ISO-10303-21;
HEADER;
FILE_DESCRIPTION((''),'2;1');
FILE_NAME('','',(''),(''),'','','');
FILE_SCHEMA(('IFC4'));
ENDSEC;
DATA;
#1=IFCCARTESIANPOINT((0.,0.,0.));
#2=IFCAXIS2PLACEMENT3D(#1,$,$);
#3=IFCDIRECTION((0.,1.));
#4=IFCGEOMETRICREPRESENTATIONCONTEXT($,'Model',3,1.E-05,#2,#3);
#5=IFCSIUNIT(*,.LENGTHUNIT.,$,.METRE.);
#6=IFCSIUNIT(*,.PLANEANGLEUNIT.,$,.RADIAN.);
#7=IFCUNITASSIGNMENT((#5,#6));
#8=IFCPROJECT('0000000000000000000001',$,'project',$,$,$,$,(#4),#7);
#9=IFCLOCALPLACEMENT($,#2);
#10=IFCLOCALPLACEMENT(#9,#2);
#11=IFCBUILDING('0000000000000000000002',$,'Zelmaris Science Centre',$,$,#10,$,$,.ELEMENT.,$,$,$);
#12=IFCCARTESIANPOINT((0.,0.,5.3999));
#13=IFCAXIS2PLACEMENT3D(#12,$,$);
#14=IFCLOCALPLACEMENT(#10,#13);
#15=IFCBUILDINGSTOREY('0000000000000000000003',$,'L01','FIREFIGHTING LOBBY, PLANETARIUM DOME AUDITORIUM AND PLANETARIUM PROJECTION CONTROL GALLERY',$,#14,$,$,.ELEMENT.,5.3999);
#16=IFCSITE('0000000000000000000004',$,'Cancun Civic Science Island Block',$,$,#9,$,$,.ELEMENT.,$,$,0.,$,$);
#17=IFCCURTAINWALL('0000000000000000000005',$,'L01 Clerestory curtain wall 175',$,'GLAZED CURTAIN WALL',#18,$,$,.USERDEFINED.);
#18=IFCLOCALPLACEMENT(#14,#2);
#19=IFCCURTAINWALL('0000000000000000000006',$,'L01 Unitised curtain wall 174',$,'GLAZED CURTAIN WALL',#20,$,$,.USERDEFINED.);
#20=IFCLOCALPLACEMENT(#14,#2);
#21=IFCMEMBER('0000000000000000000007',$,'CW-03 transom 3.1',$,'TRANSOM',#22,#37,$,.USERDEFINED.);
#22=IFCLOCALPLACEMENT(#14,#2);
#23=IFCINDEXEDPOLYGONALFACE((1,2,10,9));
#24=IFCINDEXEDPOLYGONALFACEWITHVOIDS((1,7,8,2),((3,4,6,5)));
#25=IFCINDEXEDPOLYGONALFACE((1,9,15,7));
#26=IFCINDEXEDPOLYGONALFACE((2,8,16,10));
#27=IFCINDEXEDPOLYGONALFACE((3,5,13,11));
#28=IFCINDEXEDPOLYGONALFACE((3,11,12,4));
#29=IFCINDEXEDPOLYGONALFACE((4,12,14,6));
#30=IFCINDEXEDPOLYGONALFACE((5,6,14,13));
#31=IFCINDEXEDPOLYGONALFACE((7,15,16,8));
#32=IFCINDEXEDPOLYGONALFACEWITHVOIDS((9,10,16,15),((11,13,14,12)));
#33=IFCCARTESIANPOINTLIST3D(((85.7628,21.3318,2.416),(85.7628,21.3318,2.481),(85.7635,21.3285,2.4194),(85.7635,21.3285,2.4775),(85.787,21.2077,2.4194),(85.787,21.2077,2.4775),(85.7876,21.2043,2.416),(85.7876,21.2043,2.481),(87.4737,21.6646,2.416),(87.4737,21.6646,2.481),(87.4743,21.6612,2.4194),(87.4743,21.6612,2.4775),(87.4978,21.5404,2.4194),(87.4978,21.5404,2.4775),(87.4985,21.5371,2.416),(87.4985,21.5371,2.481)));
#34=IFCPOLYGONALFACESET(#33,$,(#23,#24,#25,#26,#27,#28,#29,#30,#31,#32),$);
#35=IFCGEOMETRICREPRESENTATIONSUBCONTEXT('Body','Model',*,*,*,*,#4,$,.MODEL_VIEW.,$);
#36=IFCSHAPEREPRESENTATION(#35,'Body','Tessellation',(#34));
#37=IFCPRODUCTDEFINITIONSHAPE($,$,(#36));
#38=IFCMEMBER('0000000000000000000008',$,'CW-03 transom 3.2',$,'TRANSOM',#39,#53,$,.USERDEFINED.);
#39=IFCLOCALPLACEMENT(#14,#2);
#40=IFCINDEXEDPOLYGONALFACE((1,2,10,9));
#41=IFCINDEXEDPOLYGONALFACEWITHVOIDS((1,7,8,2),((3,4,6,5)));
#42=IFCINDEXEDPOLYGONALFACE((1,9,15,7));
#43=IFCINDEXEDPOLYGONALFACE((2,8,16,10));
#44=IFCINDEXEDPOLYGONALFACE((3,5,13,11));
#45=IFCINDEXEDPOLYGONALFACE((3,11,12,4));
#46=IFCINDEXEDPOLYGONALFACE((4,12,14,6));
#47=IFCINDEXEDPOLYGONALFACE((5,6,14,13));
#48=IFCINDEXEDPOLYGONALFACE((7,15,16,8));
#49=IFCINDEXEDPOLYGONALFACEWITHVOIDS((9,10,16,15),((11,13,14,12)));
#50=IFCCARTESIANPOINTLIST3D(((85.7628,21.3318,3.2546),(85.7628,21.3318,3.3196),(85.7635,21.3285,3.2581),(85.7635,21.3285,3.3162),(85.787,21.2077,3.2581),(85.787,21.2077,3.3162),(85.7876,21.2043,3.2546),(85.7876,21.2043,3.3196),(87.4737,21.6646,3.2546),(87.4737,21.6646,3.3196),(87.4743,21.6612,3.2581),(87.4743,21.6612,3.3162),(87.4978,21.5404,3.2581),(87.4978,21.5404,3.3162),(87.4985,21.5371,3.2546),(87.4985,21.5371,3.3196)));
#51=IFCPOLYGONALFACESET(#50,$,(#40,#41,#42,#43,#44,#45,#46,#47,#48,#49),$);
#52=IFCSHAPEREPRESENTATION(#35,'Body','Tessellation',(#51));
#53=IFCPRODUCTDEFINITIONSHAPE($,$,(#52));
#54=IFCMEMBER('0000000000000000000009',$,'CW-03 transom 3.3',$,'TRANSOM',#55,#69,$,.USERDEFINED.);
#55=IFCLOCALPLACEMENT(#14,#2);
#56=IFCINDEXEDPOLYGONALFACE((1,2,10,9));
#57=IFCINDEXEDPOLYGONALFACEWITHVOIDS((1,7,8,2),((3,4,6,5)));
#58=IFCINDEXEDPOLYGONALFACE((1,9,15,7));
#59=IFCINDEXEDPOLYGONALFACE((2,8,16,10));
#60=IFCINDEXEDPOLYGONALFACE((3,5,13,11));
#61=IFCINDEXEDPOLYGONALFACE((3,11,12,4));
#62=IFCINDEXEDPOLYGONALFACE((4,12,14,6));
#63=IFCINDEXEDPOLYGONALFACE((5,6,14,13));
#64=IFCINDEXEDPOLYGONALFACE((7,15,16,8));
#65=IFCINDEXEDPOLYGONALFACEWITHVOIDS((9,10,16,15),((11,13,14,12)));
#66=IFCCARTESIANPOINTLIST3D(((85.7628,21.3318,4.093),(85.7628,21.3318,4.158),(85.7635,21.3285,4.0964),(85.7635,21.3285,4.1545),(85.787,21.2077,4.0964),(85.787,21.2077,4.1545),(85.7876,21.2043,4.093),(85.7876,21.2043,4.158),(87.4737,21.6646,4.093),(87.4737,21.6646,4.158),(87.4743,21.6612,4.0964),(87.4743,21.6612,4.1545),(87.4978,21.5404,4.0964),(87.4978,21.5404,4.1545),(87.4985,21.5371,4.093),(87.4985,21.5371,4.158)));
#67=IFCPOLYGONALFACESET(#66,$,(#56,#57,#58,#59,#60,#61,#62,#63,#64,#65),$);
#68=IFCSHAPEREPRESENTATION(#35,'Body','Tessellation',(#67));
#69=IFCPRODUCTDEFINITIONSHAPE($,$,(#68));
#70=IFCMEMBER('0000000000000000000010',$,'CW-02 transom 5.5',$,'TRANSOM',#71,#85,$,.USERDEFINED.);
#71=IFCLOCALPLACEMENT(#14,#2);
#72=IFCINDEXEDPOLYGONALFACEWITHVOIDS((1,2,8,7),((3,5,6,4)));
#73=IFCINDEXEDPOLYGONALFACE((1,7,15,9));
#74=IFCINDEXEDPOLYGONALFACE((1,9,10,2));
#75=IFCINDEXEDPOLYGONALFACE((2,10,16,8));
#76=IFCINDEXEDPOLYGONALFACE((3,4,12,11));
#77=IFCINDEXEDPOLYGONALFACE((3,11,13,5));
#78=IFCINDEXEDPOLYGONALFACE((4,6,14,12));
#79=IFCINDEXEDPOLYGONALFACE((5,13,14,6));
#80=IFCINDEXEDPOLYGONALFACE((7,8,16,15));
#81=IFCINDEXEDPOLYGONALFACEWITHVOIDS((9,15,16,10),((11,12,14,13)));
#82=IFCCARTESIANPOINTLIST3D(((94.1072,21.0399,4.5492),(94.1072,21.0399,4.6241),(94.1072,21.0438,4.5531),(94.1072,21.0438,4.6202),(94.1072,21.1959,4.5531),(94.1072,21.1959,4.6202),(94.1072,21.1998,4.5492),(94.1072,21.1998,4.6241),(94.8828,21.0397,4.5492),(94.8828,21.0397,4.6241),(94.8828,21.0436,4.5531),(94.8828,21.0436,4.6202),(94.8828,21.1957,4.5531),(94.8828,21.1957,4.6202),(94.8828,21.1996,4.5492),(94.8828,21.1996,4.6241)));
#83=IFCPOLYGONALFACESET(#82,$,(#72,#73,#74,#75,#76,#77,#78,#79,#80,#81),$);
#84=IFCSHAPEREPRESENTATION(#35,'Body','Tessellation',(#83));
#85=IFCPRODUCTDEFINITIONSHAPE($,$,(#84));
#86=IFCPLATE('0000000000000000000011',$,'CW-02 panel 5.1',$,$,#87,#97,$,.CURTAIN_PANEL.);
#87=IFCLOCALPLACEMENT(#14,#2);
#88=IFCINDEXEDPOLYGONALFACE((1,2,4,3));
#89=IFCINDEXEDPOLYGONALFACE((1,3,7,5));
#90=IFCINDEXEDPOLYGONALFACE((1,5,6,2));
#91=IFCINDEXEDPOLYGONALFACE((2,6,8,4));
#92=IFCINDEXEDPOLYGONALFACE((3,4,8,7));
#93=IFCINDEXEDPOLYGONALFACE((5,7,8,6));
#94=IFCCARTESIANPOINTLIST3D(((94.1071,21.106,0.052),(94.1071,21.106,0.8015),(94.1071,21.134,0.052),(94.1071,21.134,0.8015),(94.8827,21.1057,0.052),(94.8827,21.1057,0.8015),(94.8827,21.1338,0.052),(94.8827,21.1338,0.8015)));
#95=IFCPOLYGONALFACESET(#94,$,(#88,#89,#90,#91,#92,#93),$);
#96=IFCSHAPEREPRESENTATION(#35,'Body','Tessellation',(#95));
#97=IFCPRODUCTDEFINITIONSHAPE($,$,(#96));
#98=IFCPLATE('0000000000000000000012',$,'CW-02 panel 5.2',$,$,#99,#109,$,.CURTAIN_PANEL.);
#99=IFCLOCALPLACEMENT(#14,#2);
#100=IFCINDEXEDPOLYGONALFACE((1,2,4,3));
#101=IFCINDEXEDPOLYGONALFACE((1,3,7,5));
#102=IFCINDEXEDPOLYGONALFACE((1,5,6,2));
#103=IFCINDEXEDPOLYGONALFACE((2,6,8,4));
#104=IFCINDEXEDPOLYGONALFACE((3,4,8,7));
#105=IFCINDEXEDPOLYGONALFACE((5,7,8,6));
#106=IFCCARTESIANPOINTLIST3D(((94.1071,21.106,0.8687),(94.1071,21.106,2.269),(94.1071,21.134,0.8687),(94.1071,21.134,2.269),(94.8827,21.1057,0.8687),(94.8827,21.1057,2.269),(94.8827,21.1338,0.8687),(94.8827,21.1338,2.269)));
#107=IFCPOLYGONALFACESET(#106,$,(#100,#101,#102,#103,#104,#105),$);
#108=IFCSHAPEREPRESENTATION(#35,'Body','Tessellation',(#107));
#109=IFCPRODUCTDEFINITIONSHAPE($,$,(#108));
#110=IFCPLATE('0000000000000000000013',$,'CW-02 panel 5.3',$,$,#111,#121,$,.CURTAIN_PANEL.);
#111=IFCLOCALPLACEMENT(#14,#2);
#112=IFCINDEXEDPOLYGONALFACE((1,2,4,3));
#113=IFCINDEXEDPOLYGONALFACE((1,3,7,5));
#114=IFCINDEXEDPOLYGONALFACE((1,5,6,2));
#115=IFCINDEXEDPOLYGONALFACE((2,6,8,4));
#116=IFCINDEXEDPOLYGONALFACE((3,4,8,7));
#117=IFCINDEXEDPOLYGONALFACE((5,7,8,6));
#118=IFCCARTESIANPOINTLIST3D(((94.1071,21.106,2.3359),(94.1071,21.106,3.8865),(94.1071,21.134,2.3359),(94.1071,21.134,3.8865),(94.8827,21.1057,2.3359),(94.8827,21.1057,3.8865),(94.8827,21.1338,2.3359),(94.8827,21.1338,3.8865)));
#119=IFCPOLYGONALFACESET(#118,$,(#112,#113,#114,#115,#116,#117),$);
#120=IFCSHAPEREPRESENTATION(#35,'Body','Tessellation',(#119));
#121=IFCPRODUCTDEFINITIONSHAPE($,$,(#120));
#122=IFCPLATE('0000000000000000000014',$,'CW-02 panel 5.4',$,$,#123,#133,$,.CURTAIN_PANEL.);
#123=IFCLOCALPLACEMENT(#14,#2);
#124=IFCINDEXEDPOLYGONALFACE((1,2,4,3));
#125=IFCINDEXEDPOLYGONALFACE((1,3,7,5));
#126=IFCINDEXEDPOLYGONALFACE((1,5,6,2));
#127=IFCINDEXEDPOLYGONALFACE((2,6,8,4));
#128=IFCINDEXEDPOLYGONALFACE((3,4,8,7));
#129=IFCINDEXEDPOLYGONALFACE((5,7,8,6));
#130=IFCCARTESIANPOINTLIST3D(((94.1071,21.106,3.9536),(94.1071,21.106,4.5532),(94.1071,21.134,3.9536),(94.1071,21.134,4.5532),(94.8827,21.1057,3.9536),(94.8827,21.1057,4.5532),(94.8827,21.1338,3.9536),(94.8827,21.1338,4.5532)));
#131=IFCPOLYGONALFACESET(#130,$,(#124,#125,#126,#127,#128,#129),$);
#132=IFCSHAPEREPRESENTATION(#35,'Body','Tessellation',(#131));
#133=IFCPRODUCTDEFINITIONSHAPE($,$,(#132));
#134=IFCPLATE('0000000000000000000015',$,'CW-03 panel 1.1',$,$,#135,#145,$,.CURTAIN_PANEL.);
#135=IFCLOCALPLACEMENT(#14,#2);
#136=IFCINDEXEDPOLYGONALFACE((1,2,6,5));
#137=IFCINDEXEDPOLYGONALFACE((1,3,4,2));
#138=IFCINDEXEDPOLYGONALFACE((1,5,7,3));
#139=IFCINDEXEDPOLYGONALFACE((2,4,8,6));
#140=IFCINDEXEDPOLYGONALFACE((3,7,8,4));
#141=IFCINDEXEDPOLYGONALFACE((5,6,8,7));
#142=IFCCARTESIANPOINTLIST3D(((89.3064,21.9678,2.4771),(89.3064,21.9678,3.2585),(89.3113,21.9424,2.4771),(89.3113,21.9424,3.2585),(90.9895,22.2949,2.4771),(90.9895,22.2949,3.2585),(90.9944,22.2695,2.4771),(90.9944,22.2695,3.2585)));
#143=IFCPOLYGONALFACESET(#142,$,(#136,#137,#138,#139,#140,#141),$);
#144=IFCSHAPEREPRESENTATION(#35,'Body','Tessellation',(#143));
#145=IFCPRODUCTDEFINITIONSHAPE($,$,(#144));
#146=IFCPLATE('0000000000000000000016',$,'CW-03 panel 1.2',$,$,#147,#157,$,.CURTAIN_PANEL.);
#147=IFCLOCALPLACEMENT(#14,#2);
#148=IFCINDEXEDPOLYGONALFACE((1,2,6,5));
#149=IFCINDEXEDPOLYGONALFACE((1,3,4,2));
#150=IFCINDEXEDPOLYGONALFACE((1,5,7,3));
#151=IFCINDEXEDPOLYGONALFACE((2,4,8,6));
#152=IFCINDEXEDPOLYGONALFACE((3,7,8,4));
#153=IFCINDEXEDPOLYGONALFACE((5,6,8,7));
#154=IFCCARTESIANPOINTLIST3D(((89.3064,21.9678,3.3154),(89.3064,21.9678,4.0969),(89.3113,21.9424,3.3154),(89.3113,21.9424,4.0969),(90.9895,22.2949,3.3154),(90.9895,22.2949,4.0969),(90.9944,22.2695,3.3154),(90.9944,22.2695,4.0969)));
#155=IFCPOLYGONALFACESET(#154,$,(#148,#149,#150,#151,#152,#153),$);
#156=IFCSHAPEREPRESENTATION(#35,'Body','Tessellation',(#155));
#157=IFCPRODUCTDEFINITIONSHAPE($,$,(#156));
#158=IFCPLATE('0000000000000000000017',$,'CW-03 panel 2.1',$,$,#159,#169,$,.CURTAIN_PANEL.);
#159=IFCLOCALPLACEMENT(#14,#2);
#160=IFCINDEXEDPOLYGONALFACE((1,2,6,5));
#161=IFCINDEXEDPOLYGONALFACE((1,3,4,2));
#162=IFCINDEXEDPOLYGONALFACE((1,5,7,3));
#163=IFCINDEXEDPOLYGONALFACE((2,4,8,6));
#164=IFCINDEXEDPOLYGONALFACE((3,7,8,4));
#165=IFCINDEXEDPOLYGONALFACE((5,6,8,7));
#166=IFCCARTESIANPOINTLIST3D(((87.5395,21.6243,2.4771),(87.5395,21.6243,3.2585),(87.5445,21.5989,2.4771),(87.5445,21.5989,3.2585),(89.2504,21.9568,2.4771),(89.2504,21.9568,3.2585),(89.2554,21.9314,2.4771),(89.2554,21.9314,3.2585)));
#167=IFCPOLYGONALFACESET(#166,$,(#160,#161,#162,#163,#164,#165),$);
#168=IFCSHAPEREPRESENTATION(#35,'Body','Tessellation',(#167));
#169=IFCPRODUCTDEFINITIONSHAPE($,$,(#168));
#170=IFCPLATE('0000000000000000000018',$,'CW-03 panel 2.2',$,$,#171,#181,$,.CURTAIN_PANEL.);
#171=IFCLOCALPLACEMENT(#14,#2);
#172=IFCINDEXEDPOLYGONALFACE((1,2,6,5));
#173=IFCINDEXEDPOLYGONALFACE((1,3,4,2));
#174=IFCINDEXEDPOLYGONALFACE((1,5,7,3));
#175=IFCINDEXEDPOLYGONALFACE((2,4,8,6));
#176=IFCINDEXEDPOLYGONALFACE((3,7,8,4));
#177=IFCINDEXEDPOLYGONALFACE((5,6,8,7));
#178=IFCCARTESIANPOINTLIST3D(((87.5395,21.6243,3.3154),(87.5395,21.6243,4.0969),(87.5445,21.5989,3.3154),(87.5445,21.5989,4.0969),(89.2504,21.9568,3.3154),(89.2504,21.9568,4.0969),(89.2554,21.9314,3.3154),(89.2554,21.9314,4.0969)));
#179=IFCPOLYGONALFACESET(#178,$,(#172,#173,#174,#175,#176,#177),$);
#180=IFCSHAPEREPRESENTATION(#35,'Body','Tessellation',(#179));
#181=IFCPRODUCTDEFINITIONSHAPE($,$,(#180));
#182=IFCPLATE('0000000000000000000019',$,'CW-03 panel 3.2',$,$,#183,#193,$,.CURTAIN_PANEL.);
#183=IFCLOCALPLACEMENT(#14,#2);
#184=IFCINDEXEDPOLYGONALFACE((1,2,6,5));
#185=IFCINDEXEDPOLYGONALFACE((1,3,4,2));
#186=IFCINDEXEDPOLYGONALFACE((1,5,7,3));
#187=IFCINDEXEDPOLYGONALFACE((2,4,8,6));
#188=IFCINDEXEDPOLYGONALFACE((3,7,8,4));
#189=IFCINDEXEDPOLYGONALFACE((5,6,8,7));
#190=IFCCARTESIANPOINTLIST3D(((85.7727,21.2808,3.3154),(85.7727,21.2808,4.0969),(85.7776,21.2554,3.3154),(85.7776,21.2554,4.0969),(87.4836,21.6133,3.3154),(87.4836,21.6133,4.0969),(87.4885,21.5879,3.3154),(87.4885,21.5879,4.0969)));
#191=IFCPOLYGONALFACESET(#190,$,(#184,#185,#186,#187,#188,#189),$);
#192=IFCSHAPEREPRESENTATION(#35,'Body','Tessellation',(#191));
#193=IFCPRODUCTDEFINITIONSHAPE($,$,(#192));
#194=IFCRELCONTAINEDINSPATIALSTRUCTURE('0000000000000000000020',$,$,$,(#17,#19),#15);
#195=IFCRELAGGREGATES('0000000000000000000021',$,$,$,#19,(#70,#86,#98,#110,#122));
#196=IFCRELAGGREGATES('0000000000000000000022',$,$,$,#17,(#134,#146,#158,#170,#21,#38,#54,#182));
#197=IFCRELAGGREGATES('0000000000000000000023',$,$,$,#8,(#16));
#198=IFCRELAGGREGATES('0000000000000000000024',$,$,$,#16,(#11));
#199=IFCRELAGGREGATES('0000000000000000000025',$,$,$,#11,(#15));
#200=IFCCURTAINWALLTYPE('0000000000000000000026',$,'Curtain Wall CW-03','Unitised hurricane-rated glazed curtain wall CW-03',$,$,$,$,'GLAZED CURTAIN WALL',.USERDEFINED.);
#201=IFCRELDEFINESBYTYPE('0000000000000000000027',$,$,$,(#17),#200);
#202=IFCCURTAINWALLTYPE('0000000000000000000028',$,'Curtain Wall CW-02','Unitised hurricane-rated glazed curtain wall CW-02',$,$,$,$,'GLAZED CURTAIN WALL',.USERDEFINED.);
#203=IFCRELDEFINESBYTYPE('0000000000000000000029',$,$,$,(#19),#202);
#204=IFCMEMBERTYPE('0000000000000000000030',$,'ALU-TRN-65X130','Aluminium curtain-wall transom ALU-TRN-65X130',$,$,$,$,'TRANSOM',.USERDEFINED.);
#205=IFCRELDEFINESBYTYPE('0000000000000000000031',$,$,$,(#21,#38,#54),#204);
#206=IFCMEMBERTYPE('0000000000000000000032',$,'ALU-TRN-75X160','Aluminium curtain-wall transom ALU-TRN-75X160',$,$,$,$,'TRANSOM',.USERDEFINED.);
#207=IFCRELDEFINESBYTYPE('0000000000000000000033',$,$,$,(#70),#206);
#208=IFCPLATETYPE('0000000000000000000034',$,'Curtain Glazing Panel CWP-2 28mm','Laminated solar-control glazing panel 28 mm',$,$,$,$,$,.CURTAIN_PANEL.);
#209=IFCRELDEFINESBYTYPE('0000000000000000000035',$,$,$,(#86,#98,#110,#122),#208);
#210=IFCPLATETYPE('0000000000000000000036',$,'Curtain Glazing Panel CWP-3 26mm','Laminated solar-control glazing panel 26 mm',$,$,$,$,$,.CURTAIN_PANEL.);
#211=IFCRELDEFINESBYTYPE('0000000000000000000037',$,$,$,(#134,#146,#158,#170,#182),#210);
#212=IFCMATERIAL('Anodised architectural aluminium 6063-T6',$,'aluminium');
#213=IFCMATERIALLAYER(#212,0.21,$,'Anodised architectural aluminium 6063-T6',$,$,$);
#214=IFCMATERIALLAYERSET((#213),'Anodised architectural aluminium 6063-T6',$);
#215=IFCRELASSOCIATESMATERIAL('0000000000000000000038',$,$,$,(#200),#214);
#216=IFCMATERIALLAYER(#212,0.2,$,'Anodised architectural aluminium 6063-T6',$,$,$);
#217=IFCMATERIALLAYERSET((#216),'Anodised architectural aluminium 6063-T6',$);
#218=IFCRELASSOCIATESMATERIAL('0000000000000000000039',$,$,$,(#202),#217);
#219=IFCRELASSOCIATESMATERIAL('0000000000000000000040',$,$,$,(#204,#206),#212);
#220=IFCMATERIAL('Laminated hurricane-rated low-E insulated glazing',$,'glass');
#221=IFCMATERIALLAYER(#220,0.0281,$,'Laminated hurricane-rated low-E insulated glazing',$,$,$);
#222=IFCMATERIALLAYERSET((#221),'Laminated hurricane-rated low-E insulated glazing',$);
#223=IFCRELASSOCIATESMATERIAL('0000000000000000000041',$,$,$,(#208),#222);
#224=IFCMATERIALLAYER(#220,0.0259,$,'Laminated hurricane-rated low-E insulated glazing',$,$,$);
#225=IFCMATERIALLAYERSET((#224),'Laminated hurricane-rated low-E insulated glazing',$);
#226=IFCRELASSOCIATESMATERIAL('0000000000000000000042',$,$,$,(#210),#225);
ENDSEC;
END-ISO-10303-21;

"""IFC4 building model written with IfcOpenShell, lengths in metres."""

from ifc_helpers import new_model, si_unit, direction, frame, origin, origin_2d, place, context, subcontext, project, spatial, rectangle, hollow_rectangle, extrude, material, layer, layer_set, material_profile, profile_set, type_object, element, aggregate, save


model = new_model("IFC4")

# Units and contexts
model_context = context("Model", 3, precision=1e-05, world=origin(), true_north=direction((0.0, 1.0)))
body_context = subcontext(model_context, "Body", "Model", "MODEL_VIEW")
ifc_project = project(units=[si_unit("LENGTHUNIT", "METRE"), si_unit("PLANEANGLEUNIT", "RADIAN")], contexts=[model_context])

# Site, building, storey
site_placement = place(None, origin())
site = spatial("IfcSite", under=ifc_project, at=site_placement, Name="Cancun Civic Science Island Block", CompositionType="ELEMENT", RefElevation=0.0)
building_placement = place(site_placement, origin())
building = spatial("IfcBuilding", under=site, at=building_placement, Name="Zelmaris Science Centre", CompositionType="ELEMENT")
storey_placement = place(building_placement, frame((0.0, 0.0, 5.3999)))
storey = spatial("IfcBuildingStorey", under=building, at=storey_placement, Name="L01", Description="FIREFIGHTING LOBBY, PLANETARIUM DOME AUDITORIUM AND PLANETARIUM PROJECTION CONTROL GALLERY", CompositionType="ELEMENT", Elevation=5.3999)

# Curtain walls
ifc_material_1 = material(Name="Anodised architectural aluminium 6063-T6", Category="aluminium")
ifc_layer_1 = layer(ifc_material_1, 0.21, Name="Anodised architectural aluminium 6063-T6")
ifc_layer_set_1 = layer_set([ifc_layer_1], Name="Anodised architectural aluminium 6063-T6")
curtain_wall_type_1 = type_object("IfcCurtainWallType", Name="Curtain Wall CW-03", Description="Unitised hurricane-rated glazed curtain wall CW-03", ElementType="GLAZED CURTAIN WALL", PredefinedType="USERDEFINED", material=ifc_layer_set_1)
curtain_wall_1_placement = place(storey_placement, origin())
curtain_wall_1 = element("IfcCurtainWall", 1, at=curtain_wall_1_placement, inside=storey, type_object=curtain_wall_type_1, Name="L01 Clerestory curtain wall 175", ObjectType="GLAZED CURTAIN WALL", PredefinedType="USERDEFINED")
ifc_layer_2 = layer(ifc_material_1, 0.2, Name="Anodised architectural aluminium 6063-T6")
ifc_layer_set_2 = layer_set([ifc_layer_2], Name="Anodised architectural aluminium 6063-T6")
curtain_wall_type_2 = type_object("IfcCurtainWallType", Name="Curtain Wall CW-02", Description="Unitised hurricane-rated glazed curtain wall CW-02", ElementType="GLAZED CURTAIN WALL", PredefinedType="USERDEFINED", material=ifc_layer_set_2)
curtain_wall_2_placement = place(storey_placement, origin())
curtain_wall_2 = element("IfcCurtainWall", 2, at=curtain_wall_2_placement, inside=storey, type_object=curtain_wall_type_2, Name="L01 Unitised curtain wall 174", ObjectType="GLAZED CURTAIN WALL", PredefinedType="USERDEFINED")

# Members
ifc_material_profile_1 = material_profile(ifc_material_1, hollow_rectangle(XDim=0.0649, YDim=0.1299, WallThickness=0.0034, at=origin_2d()), Name="ALU-TRN-65X130")
ifc_profile_set_1 = profile_set([ifc_material_profile_1], Name="Anodised architectural aluminium 6063-T6")
member_type_1 = type_object("IfcMemberType", Name="ALU-TRN-65X130", Description="Aluminium curtain-wall transom ALU-TRN-65X130", ElementType="TRANSOM", PredefinedType="USERDEFINED", material=ifc_profile_set_1)
member_1_placement = place(storey_placement, frame((87.4861, 21.6008, 2.4485), z_axis=(-0.981607, -0.190915, 0.0), x_axis=(0.0, 0.0, 1.0)))
member_1 = element("IfcMember", 3, at=member_1_placement, type_object=member_type_1, Name="CW-03 transom 3.1", ObjectType="TRANSOM", PredefinedType="USERDEFINED", context=body_context, shape_type="SweptSolid", body=[
    extrude(hollow_rectangle(XDim=0.0649, YDim=0.1299, WallThickness=0.0034, at=origin_2d()), origin(), (0.0, 0.0, 1.0), 1.7429),
])
member_2_placement = place(storey_placement, frame((87.4861, 21.6008, 3.2871), z_axis=(-0.981607, -0.190915, 0.0), x_axis=(0.0, 0.0, 1.0)))
member_2 = element("IfcMember", 4, at=member_2_placement, type_object=member_type_1, Name="CW-03 transom 3.2", ObjectType="TRANSOM", PredefinedType="USERDEFINED", context=body_context, shape_type="SweptSolid", body=[
    extrude(hollow_rectangle(XDim=0.0649, YDim=0.1299, WallThickness=0.0034, at=origin_2d()), origin(), (0.0, 0.0, 1.0), 1.7429),
])
member_3_placement = place(storey_placement, frame((87.4861, 21.6008, 4.1255), z_axis=(-0.981607, -0.190915, 0.0), x_axis=(0.0, 0.0, 1.0)))
member_3 = element("IfcMember", 5, at=member_3_placement, type_object=member_type_1, Name="CW-03 transom 3.3", ObjectType="TRANSOM", PredefinedType="USERDEFINED", context=body_context, shape_type="SweptSolid", body=[
    extrude(hollow_rectangle(XDim=0.0649, YDim=0.1299, WallThickness=0.0034, at=origin_2d()), origin(), (0.0, 0.0, 1.0), 1.7429),
])
ifc_material_profile_2 = material_profile(ifc_material_1, hollow_rectangle(XDim=0.075, YDim=0.1599, WallThickness=0.0039, at=origin_2d()), Name="ALU-TRN-75X160")
ifc_profile_set_2 = profile_set([ifc_material_profile_2], Name="Anodised architectural aluminium 6063-T6")
member_type_2 = type_object("IfcMemberType", Name="ALU-TRN-75X160", Description="Aluminium curtain-wall transom ALU-TRN-75X160", ElementType="TRANSOM", PredefinedType="USERDEFINED", material=ifc_profile_set_2)
member_4_placement = place(storey_placement, frame((94.8828, 21.1196, 4.5867), z_axis=(-1.0, 0.000315, 0.0), x_axis=(0.0, 0.0, 1.0)))
member_4 = element("IfcMember", 6, at=member_4_placement, type_object=member_type_2, Name="CW-02 transom 5.5", ObjectType="TRANSOM", PredefinedType="USERDEFINED", context=body_context, shape_type="SweptSolid", body=[
    extrude(hollow_rectangle(XDim=0.075, YDim=0.1599, WallThickness=0.0039, at=origin_2d()), origin(), (0.0, 0.0, 1.0), 0.7756),
])

# Plates
ifc_material_2 = material(Name="Laminated hurricane-rated low-E insulated glazing", Category="glass")
ifc_layer_3 = layer(ifc_material_2, 0.0281, Name="Laminated hurricane-rated low-E insulated glazing")
ifc_layer_set_3 = layer_set([ifc_layer_3], Name="Laminated hurricane-rated low-E insulated glazing")
plate_type_1 = type_object("IfcPlateType", Name="Curtain Glazing Panel CWP-2 28mm", Description="Laminated solar-control glazing panel 28 mm", PredefinedType="CURTAIN_PANEL", material=ifc_layer_set_3)
plate_1_placement = place(storey_placement, frame((94.4949, 21.1199, 0.052), z_axis=(0.0, 0.0, 1.0), x_axis=(-1.0, 0.00032, 0.0)))
plate_1 = element("IfcPlate", 7, at=plate_1_placement, type_object=plate_type_1, Name="CW-02 panel 5.1", PredefinedType="CURTAIN_PANEL", context=body_context, shape_type="SweptSolid", body=[
    extrude(rectangle(XDim=0.7756, YDim=0.0281, at=origin_2d()), origin(), (0.0, 0.0, 1.0), 0.7495),
])
plate_2_placement = place(storey_placement, frame((94.4949, 21.1199, 0.8687), z_axis=(0.0, 0.0, 1.0), x_axis=(-1.0, 0.00032, 0.0)))
plate_2 = element("IfcPlate", 8, at=plate_2_placement, type_object=plate_type_1, Name="CW-02 panel 5.2", PredefinedType="CURTAIN_PANEL", context=body_context, shape_type="SweptSolid", body=[
    extrude(rectangle(XDim=0.7756, YDim=0.0281, at=origin_2d()), origin(), (0.0, 0.0, 1.0), 1.4004),
])
plate_3_placement = place(storey_placement, frame((94.4949, 21.1199, 2.3359), z_axis=(0.0, 0.0, 1.0), x_axis=(-1.0, 0.00032, 0.0)))
plate_3 = element("IfcPlate", 9, at=plate_3_placement, type_object=plate_type_1, Name="CW-02 panel 5.3", PredefinedType="CURTAIN_PANEL", context=body_context, shape_type="SweptSolid", body=[
    extrude(rectangle(XDim=0.7756, YDim=0.0281, at=origin_2d()), origin(), (0.0, 0.0, 1.0), 1.5505),
])
plate_4_placement = place(storey_placement, frame((94.4949, 21.1199, 3.9536), z_axis=(0.0, 0.0, 1.0), x_axis=(-1.0, 0.00032, 0.0)))
plate_4 = element("IfcPlate", 10, at=plate_4_placement, type_object=plate_type_1, Name="CW-02 panel 5.4", PredefinedType="CURTAIN_PANEL", context=body_context, shape_type="SweptSolid", body=[
    extrude(rectangle(XDim=0.7756, YDim=0.0281, at=origin_2d()), origin(), (0.0, 0.0, 1.0), 0.5996),
])
aggregate(curtain_wall_2, [member_4, plate_1, plate_2, plate_3, plate_4])
ifc_layer_4 = layer(ifc_material_2, 0.0259, Name="Laminated hurricane-rated low-E insulated glazing")
ifc_layer_set_4 = layer_set([ifc_layer_4], Name="Laminated hurricane-rated low-E insulated glazing")
plate_type_2 = type_object("IfcPlateType", Name="Curtain Glazing Panel CWP-3 26mm", Description="Laminated solar-control glazing panel 26 mm", PredefinedType="CURTAIN_PANEL", material=ifc_layer_set_4)
plate_5_placement = place(storey_placement, frame((90.1504, 22.1187, 2.4771), z_axis=(0.0, 0.0, 1.0), x_axis=(-0.981631, -0.190792, 0.0)))
plate_5 = element("IfcPlate", 11, at=plate_5_placement, type_object=plate_type_2, Name="CW-03 panel 1.1", PredefinedType="CURTAIN_PANEL", context=body_context, shape_type="SweptSolid", body=[
    extrude(rectangle(XDim=1.7146, YDim=0.0259, at=origin_2d()), origin(), (0.0, 0.0, 1.0), 0.7815),
])
plate_6_placement = place(storey_placement, frame((90.1504, 22.1187, 3.3154), z_axis=(0.0, 0.0, 1.0), x_axis=(-0.981631, -0.190792, 0.0)))
plate_6 = element("IfcPlate", 12, at=plate_6_placement, type_object=plate_type_2, Name="CW-03 panel 1.2", PredefinedType="CURTAIN_PANEL", context=body_context, shape_type="SweptSolid", body=[
    extrude(rectangle(XDim=1.7146, YDim=0.0259, at=origin_2d()), origin(), (0.0, 0.0, 1.0), 0.7815),
])
plate_7_placement = place(storey_placement, frame((88.3975, 21.7778, 2.4771), z_axis=(0.0, 0.0, 1.0), x_axis=(-0.981631, -0.190792, 0.0)))
plate_7 = element("IfcPlate", 13, at=plate_7_placement, type_object=plate_type_2, Name="CW-03 panel 2.1", PredefinedType="CURTAIN_PANEL", context=body_context, shape_type="SweptSolid", body=[
    extrude(rectangle(XDim=1.7429, YDim=0.0259, at=origin_2d()), origin(), (0.0, 0.0, 1.0), 0.7815),
])
plate_8_placement = place(storey_placement, frame((88.3975, 21.7778, 3.3154), z_axis=(0.0, 0.0, 1.0), x_axis=(-0.981631, -0.190792, 0.0)))
plate_8 = element("IfcPlate", 14, at=plate_8_placement, type_object=plate_type_2, Name="CW-03 panel 2.2", PredefinedType="CURTAIN_PANEL", context=body_context, shape_type="SweptSolid", body=[
    extrude(rectangle(XDim=1.7429, YDim=0.0259, at=origin_2d()), origin(), (0.0, 0.0, 1.0), 0.7815),
])
plate_9_placement = place(storey_placement, frame((86.6306, 21.4343, 3.3154), z_axis=(0.0, 0.0, 1.0), x_axis=(-0.981631, -0.190792, 0.0)))
plate_9 = element("IfcPlate", 15, at=plate_9_placement, type_object=plate_type_2, Name="CW-03 panel 3.2", PredefinedType="CURTAIN_PANEL", context=body_context, shape_type="SweptSolid", body=[
    extrude(rectangle(XDim=1.7429, YDim=0.0259, at=origin_2d()), origin(), (0.0, 0.0, 1.0), 0.7815),
])
aggregate(curtain_wall_1, [plate_5, plate_6, plate_7, plate_8, member_1, member_2, member_3, plate_9])

save(model, "model.ifc")
